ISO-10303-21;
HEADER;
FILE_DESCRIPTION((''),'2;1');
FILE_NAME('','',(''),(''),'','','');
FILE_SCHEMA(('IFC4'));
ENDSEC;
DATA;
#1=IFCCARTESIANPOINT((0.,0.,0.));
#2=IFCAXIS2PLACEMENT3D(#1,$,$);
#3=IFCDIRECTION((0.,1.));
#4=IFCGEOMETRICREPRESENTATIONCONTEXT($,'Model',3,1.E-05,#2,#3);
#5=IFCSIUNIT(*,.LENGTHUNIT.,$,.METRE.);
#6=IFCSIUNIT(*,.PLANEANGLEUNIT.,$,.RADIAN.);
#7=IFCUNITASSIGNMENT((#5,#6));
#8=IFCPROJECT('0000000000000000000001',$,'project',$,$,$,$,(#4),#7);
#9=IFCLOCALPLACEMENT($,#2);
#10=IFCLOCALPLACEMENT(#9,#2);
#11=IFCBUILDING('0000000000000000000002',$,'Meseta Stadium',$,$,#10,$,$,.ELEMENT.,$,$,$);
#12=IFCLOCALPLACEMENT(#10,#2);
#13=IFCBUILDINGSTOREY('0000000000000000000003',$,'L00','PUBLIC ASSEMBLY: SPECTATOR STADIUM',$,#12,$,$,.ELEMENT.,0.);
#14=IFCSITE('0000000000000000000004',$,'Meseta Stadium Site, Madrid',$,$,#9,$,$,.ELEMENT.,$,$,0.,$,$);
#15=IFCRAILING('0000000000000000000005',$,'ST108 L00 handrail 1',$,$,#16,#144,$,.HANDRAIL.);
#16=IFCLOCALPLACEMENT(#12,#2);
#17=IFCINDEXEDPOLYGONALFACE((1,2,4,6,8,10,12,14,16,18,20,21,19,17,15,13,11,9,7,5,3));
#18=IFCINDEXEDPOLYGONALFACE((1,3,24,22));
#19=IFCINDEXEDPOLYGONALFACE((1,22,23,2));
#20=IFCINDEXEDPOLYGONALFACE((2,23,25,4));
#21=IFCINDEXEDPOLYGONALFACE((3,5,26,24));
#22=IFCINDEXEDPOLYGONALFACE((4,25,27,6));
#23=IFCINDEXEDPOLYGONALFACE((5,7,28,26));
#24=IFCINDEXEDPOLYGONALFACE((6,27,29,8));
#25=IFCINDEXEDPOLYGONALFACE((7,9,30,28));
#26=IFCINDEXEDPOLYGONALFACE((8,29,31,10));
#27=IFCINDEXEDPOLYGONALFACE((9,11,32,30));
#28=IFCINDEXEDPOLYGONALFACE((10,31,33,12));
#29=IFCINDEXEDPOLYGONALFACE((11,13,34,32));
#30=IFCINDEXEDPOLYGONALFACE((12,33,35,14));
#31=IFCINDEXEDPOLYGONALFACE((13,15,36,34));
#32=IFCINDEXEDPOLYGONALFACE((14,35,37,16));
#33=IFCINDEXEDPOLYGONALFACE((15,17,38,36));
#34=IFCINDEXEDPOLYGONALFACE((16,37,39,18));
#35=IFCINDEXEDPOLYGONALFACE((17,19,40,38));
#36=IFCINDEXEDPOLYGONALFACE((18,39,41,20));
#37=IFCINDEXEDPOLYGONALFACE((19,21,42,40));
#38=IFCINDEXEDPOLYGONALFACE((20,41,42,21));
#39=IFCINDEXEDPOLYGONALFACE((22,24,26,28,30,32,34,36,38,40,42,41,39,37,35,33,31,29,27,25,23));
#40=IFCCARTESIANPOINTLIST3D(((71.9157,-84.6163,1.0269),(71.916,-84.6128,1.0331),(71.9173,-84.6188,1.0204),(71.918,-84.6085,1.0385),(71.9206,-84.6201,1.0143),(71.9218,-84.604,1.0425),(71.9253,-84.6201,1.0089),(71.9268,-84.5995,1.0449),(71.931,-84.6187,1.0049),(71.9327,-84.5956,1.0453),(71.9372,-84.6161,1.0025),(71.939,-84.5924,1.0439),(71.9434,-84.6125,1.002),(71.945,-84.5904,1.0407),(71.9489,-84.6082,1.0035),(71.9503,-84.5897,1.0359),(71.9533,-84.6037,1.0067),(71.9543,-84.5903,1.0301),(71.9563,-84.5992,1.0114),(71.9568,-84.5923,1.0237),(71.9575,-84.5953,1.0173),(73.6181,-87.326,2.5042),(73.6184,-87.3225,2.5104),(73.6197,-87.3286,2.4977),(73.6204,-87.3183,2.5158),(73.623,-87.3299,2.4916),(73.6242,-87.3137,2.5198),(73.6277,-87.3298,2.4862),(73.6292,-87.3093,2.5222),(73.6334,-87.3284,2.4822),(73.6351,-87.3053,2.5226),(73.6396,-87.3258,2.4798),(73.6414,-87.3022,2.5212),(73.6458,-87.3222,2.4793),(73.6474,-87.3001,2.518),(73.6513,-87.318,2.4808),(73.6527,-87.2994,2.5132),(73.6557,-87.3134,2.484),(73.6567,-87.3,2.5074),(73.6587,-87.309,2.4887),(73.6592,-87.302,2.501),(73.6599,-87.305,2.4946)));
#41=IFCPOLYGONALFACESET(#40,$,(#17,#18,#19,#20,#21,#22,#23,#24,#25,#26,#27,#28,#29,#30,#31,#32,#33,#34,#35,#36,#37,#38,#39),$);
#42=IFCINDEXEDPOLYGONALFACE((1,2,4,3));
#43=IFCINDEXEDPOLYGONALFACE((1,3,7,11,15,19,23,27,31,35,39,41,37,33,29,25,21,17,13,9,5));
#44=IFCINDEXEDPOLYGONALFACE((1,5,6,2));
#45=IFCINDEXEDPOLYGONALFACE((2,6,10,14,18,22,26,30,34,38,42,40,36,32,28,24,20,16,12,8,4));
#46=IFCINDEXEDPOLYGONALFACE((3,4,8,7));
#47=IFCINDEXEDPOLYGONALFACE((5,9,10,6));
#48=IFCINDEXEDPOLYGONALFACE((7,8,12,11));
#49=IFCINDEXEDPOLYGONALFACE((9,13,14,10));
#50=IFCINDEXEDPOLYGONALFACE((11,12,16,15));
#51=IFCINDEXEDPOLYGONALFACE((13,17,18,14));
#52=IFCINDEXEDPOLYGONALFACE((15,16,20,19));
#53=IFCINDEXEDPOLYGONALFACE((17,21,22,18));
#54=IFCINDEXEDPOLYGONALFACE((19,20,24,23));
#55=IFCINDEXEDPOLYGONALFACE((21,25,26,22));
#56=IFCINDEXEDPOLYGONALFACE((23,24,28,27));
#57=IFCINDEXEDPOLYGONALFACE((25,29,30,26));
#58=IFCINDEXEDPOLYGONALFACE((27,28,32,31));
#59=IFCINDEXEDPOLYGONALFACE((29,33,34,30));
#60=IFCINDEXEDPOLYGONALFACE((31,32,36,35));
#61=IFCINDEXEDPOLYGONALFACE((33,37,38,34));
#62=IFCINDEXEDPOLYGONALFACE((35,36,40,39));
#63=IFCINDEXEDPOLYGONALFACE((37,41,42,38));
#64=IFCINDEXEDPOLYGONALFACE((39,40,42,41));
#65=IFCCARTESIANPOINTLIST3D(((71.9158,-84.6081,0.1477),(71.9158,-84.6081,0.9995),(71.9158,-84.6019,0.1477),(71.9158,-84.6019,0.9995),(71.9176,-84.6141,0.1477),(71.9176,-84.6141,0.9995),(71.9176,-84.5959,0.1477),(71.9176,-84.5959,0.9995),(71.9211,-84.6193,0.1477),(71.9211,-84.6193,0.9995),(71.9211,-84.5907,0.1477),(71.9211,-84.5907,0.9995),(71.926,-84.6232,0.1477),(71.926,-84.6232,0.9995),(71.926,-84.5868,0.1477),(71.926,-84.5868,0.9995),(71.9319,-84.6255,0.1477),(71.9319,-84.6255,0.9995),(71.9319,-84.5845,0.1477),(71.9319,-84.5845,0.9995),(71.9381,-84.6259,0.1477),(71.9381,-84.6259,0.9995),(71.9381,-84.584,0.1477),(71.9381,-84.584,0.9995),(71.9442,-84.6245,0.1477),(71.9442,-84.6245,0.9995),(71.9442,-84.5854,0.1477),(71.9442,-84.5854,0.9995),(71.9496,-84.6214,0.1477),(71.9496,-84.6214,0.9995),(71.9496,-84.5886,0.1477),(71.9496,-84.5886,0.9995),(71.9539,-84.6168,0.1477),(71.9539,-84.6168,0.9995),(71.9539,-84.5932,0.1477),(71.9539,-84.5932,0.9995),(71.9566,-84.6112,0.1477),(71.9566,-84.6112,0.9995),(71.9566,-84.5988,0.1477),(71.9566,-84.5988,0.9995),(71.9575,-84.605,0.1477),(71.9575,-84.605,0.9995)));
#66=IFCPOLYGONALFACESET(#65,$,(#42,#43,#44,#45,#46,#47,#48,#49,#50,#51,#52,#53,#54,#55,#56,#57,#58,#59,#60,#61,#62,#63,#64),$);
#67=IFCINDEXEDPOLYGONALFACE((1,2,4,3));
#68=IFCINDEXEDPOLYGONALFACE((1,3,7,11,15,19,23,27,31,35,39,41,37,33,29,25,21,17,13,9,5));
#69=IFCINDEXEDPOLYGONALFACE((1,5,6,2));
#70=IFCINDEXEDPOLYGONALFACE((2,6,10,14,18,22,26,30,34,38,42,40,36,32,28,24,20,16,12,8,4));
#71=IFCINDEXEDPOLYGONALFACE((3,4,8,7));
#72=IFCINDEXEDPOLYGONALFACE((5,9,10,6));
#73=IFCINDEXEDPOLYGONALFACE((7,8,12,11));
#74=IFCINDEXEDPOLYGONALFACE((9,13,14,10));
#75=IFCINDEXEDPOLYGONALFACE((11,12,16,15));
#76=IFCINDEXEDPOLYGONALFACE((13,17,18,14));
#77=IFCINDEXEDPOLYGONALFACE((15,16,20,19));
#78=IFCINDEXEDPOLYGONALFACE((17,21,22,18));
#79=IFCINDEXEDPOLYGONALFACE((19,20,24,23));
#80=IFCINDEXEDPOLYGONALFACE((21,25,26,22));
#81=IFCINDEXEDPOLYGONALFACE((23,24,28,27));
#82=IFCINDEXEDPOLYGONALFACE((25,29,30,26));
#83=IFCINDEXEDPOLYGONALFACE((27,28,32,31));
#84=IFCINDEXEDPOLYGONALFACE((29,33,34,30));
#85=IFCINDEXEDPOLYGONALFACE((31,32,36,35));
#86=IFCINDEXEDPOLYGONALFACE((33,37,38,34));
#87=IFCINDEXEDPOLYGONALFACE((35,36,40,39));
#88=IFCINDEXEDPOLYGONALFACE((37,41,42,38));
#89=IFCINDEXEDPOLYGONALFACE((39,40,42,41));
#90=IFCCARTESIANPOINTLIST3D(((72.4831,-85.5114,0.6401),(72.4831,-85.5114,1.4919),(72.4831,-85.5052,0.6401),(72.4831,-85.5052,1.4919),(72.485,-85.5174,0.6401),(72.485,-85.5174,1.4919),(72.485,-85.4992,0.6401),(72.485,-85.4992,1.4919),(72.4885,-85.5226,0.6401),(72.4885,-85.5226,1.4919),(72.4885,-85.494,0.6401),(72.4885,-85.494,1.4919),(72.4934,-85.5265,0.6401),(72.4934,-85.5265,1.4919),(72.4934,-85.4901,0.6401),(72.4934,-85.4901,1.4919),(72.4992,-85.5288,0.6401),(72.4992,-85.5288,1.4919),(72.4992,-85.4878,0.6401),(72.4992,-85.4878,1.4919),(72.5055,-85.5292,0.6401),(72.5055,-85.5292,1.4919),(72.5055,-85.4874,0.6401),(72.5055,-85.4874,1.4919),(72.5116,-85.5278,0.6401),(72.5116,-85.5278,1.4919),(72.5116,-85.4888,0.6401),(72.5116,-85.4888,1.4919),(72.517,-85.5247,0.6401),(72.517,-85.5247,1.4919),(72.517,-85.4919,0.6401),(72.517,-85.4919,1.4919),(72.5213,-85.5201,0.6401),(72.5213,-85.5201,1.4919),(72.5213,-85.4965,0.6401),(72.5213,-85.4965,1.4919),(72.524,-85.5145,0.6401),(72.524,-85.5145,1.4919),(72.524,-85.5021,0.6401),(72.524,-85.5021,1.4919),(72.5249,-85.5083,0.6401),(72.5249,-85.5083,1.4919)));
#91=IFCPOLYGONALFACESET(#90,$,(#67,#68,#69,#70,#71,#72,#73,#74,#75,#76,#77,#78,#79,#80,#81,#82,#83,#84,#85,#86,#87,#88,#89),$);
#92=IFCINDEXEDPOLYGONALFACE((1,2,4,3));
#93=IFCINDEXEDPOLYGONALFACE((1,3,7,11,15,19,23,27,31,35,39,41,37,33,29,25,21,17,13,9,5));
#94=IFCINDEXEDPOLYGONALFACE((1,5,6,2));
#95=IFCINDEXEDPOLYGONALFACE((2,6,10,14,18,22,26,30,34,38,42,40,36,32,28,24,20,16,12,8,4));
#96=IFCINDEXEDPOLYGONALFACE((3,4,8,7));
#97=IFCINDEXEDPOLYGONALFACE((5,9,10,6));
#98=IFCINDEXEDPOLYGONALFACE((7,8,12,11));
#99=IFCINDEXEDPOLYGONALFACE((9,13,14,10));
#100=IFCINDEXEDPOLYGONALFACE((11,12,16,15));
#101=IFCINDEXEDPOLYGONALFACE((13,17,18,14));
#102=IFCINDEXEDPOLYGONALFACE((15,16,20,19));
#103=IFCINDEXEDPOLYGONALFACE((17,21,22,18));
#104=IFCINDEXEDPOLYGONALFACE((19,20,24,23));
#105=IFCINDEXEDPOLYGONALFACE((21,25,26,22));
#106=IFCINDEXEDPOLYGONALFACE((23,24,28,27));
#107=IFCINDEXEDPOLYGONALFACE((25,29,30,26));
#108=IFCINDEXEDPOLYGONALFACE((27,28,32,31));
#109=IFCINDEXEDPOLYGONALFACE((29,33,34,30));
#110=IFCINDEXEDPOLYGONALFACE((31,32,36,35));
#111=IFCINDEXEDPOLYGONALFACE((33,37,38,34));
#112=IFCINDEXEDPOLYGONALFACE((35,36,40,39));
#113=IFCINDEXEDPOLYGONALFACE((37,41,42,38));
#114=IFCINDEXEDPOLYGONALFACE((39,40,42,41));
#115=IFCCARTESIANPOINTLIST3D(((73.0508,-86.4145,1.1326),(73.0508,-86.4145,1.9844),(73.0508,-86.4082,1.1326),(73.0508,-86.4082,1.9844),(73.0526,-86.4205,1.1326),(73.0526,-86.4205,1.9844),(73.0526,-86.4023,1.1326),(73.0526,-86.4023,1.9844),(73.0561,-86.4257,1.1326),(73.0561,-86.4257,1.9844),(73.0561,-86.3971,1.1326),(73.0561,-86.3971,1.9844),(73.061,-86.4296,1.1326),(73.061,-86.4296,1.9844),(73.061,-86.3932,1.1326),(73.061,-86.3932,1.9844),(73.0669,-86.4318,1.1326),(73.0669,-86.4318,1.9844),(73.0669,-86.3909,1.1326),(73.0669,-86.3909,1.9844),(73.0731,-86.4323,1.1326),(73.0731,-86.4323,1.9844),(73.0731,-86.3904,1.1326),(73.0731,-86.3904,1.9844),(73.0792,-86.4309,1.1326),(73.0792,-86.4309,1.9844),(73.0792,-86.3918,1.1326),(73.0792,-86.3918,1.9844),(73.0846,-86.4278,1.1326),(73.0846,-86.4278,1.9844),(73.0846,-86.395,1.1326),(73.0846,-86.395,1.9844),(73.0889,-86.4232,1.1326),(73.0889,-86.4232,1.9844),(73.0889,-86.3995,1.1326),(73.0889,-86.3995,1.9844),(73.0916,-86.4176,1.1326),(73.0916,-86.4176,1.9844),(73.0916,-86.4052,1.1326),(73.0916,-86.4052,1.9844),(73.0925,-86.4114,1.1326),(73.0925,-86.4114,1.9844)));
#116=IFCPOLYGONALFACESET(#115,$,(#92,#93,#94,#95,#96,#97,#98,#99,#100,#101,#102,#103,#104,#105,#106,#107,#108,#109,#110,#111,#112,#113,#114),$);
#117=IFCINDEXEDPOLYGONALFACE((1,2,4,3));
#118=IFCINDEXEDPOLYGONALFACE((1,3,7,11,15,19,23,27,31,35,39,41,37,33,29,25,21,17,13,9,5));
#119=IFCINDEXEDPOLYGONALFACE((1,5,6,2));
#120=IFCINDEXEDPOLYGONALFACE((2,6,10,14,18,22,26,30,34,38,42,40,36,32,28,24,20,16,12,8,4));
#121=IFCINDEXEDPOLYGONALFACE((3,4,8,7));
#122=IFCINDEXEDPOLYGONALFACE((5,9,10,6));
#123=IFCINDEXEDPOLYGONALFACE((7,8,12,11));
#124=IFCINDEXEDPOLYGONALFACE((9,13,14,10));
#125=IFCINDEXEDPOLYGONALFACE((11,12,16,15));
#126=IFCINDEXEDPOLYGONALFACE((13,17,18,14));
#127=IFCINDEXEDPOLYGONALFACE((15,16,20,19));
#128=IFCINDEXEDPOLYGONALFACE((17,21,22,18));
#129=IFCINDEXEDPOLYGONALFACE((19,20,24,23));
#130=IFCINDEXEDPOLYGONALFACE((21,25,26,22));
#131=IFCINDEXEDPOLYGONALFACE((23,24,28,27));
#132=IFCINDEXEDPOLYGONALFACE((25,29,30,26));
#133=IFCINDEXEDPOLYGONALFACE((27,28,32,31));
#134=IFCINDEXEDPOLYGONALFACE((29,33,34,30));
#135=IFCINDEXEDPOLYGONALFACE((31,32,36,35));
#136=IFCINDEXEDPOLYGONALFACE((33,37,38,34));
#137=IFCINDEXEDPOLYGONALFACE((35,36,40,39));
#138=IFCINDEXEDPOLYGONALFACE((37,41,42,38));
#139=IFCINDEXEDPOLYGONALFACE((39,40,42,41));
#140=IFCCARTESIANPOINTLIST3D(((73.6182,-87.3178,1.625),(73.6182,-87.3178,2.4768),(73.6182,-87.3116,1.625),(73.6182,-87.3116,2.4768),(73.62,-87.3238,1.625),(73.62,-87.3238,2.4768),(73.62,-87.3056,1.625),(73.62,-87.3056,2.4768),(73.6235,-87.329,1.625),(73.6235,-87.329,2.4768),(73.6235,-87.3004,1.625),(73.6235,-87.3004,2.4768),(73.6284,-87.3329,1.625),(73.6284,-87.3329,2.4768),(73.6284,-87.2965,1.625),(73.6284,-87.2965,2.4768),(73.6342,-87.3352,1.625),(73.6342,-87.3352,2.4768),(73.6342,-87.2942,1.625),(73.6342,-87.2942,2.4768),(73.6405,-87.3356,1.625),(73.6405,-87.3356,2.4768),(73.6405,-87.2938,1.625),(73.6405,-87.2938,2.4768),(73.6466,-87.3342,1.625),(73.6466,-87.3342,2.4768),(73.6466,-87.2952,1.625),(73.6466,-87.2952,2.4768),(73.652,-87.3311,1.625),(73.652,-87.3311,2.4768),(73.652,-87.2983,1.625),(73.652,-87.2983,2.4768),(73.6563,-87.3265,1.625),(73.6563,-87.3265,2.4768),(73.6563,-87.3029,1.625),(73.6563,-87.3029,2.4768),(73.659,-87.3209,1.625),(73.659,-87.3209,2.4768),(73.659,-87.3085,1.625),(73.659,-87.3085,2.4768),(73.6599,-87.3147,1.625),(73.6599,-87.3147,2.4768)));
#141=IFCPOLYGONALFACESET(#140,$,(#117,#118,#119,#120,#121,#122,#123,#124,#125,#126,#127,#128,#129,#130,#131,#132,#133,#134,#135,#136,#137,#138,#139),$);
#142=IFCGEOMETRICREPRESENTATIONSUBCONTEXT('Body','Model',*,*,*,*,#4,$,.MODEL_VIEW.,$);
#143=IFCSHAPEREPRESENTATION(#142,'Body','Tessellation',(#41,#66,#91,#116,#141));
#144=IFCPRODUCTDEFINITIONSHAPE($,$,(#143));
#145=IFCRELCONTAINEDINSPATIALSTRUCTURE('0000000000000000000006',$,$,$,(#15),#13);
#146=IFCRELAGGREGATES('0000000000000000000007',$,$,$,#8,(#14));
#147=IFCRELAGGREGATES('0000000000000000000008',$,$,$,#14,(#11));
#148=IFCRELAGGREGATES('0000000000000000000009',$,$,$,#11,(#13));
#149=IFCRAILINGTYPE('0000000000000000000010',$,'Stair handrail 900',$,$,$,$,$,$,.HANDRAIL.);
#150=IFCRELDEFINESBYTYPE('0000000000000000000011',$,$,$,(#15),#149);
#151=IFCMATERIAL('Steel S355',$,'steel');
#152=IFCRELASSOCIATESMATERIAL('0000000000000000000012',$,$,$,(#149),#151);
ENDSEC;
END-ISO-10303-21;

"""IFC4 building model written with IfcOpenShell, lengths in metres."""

from ifc_helpers import new_model, si_unit, direction, frame, origin, origin_2d, place, context, subcontext, project, spatial, circle, extrude, material, type_object, element, save


model = new_model("IFC4")

# Units and contexts
model_context = context("Model", 3, precision=1e-05, world=origin(), true_north=direction((0.0, 1.0)))
body_context = subcontext(model_context, "Body", "Model", "MODEL_VIEW")
ifc_project = project(units=[si_unit("LENGTHUNIT", "METRE"), si_unit("PLANEANGLEUNIT", "RADIAN")], contexts=[model_context])

# Site, building, storey
site_placement = place(None, origin())
site = spatial("IfcSite", under=ifc_project, at=site_placement, Name="Meseta Stadium Site, Madrid", CompositionType="ELEMENT", RefElevation=0.0)
building_placement = place(site_placement, origin())
building = spatial("IfcBuilding", under=site, at=building_placement, Name="Meseta Stadium", CompositionType="ELEMENT")
storey_placement = place(building_placement, origin())
storey = spatial("IfcBuildingStorey", under=building, at=storey_placement, Name="L00", Description="PUBLIC ASSEMBLY: SPECTATOR STADIUM", CompositionType="ELEMENT", Elevation=0.0)

# Railing
ifc_material_1 = material(Name="Steel S355", Category="steel")
railing_type_1 = type_object("IfcRailingType", Name="Stair handrail 900", PredefinedType="HANDRAIL", material=ifc_material_1)
for number, where, name in (
    (1, (71.9365, -84.605, 0.1477), "ST108 L00 handrail 1"),
):
    element("IfcRailing", number, at=place(storey_placement, frame(where)), inside=storey, type_object=railing_type_1, Name=name, PredefinedType="HANDRAIL", context=body_context, shape_type="SweptSolid", body=[
        extrude(circle(Radius=0.0239, at=origin_2d()), frame((0.0, 0.0, 0.876), z_axis=(0.482997, -0.768792, 0.419133), x_axis=(0.846757, 0.531979, 0.0)), (0.0, 0.0, 1.0), 3.5247),
        extrude(circle(Radius=0.021, at=origin_2d()), origin(), (0.0, 0.0, 1.0), 0.8518),
        extrude(circle(Radius=0.021, at=origin_2d()), frame((0.5674, -0.9033, 0.4924)), (0.0, 0.0, 1.0), 0.8518),
        extrude(circle(Radius=0.021, at=origin_2d()), frame((1.135, -1.8064, 0.9849)), (0.0, 0.0, 1.0), 0.8518),
        extrude(circle(Radius=0.021, at=origin_2d()), frame((1.7024, -2.7097, 1.4773)), (0.0, 0.0, 1.0), 0.8518),
    ])

save(model, "model.ifc")
